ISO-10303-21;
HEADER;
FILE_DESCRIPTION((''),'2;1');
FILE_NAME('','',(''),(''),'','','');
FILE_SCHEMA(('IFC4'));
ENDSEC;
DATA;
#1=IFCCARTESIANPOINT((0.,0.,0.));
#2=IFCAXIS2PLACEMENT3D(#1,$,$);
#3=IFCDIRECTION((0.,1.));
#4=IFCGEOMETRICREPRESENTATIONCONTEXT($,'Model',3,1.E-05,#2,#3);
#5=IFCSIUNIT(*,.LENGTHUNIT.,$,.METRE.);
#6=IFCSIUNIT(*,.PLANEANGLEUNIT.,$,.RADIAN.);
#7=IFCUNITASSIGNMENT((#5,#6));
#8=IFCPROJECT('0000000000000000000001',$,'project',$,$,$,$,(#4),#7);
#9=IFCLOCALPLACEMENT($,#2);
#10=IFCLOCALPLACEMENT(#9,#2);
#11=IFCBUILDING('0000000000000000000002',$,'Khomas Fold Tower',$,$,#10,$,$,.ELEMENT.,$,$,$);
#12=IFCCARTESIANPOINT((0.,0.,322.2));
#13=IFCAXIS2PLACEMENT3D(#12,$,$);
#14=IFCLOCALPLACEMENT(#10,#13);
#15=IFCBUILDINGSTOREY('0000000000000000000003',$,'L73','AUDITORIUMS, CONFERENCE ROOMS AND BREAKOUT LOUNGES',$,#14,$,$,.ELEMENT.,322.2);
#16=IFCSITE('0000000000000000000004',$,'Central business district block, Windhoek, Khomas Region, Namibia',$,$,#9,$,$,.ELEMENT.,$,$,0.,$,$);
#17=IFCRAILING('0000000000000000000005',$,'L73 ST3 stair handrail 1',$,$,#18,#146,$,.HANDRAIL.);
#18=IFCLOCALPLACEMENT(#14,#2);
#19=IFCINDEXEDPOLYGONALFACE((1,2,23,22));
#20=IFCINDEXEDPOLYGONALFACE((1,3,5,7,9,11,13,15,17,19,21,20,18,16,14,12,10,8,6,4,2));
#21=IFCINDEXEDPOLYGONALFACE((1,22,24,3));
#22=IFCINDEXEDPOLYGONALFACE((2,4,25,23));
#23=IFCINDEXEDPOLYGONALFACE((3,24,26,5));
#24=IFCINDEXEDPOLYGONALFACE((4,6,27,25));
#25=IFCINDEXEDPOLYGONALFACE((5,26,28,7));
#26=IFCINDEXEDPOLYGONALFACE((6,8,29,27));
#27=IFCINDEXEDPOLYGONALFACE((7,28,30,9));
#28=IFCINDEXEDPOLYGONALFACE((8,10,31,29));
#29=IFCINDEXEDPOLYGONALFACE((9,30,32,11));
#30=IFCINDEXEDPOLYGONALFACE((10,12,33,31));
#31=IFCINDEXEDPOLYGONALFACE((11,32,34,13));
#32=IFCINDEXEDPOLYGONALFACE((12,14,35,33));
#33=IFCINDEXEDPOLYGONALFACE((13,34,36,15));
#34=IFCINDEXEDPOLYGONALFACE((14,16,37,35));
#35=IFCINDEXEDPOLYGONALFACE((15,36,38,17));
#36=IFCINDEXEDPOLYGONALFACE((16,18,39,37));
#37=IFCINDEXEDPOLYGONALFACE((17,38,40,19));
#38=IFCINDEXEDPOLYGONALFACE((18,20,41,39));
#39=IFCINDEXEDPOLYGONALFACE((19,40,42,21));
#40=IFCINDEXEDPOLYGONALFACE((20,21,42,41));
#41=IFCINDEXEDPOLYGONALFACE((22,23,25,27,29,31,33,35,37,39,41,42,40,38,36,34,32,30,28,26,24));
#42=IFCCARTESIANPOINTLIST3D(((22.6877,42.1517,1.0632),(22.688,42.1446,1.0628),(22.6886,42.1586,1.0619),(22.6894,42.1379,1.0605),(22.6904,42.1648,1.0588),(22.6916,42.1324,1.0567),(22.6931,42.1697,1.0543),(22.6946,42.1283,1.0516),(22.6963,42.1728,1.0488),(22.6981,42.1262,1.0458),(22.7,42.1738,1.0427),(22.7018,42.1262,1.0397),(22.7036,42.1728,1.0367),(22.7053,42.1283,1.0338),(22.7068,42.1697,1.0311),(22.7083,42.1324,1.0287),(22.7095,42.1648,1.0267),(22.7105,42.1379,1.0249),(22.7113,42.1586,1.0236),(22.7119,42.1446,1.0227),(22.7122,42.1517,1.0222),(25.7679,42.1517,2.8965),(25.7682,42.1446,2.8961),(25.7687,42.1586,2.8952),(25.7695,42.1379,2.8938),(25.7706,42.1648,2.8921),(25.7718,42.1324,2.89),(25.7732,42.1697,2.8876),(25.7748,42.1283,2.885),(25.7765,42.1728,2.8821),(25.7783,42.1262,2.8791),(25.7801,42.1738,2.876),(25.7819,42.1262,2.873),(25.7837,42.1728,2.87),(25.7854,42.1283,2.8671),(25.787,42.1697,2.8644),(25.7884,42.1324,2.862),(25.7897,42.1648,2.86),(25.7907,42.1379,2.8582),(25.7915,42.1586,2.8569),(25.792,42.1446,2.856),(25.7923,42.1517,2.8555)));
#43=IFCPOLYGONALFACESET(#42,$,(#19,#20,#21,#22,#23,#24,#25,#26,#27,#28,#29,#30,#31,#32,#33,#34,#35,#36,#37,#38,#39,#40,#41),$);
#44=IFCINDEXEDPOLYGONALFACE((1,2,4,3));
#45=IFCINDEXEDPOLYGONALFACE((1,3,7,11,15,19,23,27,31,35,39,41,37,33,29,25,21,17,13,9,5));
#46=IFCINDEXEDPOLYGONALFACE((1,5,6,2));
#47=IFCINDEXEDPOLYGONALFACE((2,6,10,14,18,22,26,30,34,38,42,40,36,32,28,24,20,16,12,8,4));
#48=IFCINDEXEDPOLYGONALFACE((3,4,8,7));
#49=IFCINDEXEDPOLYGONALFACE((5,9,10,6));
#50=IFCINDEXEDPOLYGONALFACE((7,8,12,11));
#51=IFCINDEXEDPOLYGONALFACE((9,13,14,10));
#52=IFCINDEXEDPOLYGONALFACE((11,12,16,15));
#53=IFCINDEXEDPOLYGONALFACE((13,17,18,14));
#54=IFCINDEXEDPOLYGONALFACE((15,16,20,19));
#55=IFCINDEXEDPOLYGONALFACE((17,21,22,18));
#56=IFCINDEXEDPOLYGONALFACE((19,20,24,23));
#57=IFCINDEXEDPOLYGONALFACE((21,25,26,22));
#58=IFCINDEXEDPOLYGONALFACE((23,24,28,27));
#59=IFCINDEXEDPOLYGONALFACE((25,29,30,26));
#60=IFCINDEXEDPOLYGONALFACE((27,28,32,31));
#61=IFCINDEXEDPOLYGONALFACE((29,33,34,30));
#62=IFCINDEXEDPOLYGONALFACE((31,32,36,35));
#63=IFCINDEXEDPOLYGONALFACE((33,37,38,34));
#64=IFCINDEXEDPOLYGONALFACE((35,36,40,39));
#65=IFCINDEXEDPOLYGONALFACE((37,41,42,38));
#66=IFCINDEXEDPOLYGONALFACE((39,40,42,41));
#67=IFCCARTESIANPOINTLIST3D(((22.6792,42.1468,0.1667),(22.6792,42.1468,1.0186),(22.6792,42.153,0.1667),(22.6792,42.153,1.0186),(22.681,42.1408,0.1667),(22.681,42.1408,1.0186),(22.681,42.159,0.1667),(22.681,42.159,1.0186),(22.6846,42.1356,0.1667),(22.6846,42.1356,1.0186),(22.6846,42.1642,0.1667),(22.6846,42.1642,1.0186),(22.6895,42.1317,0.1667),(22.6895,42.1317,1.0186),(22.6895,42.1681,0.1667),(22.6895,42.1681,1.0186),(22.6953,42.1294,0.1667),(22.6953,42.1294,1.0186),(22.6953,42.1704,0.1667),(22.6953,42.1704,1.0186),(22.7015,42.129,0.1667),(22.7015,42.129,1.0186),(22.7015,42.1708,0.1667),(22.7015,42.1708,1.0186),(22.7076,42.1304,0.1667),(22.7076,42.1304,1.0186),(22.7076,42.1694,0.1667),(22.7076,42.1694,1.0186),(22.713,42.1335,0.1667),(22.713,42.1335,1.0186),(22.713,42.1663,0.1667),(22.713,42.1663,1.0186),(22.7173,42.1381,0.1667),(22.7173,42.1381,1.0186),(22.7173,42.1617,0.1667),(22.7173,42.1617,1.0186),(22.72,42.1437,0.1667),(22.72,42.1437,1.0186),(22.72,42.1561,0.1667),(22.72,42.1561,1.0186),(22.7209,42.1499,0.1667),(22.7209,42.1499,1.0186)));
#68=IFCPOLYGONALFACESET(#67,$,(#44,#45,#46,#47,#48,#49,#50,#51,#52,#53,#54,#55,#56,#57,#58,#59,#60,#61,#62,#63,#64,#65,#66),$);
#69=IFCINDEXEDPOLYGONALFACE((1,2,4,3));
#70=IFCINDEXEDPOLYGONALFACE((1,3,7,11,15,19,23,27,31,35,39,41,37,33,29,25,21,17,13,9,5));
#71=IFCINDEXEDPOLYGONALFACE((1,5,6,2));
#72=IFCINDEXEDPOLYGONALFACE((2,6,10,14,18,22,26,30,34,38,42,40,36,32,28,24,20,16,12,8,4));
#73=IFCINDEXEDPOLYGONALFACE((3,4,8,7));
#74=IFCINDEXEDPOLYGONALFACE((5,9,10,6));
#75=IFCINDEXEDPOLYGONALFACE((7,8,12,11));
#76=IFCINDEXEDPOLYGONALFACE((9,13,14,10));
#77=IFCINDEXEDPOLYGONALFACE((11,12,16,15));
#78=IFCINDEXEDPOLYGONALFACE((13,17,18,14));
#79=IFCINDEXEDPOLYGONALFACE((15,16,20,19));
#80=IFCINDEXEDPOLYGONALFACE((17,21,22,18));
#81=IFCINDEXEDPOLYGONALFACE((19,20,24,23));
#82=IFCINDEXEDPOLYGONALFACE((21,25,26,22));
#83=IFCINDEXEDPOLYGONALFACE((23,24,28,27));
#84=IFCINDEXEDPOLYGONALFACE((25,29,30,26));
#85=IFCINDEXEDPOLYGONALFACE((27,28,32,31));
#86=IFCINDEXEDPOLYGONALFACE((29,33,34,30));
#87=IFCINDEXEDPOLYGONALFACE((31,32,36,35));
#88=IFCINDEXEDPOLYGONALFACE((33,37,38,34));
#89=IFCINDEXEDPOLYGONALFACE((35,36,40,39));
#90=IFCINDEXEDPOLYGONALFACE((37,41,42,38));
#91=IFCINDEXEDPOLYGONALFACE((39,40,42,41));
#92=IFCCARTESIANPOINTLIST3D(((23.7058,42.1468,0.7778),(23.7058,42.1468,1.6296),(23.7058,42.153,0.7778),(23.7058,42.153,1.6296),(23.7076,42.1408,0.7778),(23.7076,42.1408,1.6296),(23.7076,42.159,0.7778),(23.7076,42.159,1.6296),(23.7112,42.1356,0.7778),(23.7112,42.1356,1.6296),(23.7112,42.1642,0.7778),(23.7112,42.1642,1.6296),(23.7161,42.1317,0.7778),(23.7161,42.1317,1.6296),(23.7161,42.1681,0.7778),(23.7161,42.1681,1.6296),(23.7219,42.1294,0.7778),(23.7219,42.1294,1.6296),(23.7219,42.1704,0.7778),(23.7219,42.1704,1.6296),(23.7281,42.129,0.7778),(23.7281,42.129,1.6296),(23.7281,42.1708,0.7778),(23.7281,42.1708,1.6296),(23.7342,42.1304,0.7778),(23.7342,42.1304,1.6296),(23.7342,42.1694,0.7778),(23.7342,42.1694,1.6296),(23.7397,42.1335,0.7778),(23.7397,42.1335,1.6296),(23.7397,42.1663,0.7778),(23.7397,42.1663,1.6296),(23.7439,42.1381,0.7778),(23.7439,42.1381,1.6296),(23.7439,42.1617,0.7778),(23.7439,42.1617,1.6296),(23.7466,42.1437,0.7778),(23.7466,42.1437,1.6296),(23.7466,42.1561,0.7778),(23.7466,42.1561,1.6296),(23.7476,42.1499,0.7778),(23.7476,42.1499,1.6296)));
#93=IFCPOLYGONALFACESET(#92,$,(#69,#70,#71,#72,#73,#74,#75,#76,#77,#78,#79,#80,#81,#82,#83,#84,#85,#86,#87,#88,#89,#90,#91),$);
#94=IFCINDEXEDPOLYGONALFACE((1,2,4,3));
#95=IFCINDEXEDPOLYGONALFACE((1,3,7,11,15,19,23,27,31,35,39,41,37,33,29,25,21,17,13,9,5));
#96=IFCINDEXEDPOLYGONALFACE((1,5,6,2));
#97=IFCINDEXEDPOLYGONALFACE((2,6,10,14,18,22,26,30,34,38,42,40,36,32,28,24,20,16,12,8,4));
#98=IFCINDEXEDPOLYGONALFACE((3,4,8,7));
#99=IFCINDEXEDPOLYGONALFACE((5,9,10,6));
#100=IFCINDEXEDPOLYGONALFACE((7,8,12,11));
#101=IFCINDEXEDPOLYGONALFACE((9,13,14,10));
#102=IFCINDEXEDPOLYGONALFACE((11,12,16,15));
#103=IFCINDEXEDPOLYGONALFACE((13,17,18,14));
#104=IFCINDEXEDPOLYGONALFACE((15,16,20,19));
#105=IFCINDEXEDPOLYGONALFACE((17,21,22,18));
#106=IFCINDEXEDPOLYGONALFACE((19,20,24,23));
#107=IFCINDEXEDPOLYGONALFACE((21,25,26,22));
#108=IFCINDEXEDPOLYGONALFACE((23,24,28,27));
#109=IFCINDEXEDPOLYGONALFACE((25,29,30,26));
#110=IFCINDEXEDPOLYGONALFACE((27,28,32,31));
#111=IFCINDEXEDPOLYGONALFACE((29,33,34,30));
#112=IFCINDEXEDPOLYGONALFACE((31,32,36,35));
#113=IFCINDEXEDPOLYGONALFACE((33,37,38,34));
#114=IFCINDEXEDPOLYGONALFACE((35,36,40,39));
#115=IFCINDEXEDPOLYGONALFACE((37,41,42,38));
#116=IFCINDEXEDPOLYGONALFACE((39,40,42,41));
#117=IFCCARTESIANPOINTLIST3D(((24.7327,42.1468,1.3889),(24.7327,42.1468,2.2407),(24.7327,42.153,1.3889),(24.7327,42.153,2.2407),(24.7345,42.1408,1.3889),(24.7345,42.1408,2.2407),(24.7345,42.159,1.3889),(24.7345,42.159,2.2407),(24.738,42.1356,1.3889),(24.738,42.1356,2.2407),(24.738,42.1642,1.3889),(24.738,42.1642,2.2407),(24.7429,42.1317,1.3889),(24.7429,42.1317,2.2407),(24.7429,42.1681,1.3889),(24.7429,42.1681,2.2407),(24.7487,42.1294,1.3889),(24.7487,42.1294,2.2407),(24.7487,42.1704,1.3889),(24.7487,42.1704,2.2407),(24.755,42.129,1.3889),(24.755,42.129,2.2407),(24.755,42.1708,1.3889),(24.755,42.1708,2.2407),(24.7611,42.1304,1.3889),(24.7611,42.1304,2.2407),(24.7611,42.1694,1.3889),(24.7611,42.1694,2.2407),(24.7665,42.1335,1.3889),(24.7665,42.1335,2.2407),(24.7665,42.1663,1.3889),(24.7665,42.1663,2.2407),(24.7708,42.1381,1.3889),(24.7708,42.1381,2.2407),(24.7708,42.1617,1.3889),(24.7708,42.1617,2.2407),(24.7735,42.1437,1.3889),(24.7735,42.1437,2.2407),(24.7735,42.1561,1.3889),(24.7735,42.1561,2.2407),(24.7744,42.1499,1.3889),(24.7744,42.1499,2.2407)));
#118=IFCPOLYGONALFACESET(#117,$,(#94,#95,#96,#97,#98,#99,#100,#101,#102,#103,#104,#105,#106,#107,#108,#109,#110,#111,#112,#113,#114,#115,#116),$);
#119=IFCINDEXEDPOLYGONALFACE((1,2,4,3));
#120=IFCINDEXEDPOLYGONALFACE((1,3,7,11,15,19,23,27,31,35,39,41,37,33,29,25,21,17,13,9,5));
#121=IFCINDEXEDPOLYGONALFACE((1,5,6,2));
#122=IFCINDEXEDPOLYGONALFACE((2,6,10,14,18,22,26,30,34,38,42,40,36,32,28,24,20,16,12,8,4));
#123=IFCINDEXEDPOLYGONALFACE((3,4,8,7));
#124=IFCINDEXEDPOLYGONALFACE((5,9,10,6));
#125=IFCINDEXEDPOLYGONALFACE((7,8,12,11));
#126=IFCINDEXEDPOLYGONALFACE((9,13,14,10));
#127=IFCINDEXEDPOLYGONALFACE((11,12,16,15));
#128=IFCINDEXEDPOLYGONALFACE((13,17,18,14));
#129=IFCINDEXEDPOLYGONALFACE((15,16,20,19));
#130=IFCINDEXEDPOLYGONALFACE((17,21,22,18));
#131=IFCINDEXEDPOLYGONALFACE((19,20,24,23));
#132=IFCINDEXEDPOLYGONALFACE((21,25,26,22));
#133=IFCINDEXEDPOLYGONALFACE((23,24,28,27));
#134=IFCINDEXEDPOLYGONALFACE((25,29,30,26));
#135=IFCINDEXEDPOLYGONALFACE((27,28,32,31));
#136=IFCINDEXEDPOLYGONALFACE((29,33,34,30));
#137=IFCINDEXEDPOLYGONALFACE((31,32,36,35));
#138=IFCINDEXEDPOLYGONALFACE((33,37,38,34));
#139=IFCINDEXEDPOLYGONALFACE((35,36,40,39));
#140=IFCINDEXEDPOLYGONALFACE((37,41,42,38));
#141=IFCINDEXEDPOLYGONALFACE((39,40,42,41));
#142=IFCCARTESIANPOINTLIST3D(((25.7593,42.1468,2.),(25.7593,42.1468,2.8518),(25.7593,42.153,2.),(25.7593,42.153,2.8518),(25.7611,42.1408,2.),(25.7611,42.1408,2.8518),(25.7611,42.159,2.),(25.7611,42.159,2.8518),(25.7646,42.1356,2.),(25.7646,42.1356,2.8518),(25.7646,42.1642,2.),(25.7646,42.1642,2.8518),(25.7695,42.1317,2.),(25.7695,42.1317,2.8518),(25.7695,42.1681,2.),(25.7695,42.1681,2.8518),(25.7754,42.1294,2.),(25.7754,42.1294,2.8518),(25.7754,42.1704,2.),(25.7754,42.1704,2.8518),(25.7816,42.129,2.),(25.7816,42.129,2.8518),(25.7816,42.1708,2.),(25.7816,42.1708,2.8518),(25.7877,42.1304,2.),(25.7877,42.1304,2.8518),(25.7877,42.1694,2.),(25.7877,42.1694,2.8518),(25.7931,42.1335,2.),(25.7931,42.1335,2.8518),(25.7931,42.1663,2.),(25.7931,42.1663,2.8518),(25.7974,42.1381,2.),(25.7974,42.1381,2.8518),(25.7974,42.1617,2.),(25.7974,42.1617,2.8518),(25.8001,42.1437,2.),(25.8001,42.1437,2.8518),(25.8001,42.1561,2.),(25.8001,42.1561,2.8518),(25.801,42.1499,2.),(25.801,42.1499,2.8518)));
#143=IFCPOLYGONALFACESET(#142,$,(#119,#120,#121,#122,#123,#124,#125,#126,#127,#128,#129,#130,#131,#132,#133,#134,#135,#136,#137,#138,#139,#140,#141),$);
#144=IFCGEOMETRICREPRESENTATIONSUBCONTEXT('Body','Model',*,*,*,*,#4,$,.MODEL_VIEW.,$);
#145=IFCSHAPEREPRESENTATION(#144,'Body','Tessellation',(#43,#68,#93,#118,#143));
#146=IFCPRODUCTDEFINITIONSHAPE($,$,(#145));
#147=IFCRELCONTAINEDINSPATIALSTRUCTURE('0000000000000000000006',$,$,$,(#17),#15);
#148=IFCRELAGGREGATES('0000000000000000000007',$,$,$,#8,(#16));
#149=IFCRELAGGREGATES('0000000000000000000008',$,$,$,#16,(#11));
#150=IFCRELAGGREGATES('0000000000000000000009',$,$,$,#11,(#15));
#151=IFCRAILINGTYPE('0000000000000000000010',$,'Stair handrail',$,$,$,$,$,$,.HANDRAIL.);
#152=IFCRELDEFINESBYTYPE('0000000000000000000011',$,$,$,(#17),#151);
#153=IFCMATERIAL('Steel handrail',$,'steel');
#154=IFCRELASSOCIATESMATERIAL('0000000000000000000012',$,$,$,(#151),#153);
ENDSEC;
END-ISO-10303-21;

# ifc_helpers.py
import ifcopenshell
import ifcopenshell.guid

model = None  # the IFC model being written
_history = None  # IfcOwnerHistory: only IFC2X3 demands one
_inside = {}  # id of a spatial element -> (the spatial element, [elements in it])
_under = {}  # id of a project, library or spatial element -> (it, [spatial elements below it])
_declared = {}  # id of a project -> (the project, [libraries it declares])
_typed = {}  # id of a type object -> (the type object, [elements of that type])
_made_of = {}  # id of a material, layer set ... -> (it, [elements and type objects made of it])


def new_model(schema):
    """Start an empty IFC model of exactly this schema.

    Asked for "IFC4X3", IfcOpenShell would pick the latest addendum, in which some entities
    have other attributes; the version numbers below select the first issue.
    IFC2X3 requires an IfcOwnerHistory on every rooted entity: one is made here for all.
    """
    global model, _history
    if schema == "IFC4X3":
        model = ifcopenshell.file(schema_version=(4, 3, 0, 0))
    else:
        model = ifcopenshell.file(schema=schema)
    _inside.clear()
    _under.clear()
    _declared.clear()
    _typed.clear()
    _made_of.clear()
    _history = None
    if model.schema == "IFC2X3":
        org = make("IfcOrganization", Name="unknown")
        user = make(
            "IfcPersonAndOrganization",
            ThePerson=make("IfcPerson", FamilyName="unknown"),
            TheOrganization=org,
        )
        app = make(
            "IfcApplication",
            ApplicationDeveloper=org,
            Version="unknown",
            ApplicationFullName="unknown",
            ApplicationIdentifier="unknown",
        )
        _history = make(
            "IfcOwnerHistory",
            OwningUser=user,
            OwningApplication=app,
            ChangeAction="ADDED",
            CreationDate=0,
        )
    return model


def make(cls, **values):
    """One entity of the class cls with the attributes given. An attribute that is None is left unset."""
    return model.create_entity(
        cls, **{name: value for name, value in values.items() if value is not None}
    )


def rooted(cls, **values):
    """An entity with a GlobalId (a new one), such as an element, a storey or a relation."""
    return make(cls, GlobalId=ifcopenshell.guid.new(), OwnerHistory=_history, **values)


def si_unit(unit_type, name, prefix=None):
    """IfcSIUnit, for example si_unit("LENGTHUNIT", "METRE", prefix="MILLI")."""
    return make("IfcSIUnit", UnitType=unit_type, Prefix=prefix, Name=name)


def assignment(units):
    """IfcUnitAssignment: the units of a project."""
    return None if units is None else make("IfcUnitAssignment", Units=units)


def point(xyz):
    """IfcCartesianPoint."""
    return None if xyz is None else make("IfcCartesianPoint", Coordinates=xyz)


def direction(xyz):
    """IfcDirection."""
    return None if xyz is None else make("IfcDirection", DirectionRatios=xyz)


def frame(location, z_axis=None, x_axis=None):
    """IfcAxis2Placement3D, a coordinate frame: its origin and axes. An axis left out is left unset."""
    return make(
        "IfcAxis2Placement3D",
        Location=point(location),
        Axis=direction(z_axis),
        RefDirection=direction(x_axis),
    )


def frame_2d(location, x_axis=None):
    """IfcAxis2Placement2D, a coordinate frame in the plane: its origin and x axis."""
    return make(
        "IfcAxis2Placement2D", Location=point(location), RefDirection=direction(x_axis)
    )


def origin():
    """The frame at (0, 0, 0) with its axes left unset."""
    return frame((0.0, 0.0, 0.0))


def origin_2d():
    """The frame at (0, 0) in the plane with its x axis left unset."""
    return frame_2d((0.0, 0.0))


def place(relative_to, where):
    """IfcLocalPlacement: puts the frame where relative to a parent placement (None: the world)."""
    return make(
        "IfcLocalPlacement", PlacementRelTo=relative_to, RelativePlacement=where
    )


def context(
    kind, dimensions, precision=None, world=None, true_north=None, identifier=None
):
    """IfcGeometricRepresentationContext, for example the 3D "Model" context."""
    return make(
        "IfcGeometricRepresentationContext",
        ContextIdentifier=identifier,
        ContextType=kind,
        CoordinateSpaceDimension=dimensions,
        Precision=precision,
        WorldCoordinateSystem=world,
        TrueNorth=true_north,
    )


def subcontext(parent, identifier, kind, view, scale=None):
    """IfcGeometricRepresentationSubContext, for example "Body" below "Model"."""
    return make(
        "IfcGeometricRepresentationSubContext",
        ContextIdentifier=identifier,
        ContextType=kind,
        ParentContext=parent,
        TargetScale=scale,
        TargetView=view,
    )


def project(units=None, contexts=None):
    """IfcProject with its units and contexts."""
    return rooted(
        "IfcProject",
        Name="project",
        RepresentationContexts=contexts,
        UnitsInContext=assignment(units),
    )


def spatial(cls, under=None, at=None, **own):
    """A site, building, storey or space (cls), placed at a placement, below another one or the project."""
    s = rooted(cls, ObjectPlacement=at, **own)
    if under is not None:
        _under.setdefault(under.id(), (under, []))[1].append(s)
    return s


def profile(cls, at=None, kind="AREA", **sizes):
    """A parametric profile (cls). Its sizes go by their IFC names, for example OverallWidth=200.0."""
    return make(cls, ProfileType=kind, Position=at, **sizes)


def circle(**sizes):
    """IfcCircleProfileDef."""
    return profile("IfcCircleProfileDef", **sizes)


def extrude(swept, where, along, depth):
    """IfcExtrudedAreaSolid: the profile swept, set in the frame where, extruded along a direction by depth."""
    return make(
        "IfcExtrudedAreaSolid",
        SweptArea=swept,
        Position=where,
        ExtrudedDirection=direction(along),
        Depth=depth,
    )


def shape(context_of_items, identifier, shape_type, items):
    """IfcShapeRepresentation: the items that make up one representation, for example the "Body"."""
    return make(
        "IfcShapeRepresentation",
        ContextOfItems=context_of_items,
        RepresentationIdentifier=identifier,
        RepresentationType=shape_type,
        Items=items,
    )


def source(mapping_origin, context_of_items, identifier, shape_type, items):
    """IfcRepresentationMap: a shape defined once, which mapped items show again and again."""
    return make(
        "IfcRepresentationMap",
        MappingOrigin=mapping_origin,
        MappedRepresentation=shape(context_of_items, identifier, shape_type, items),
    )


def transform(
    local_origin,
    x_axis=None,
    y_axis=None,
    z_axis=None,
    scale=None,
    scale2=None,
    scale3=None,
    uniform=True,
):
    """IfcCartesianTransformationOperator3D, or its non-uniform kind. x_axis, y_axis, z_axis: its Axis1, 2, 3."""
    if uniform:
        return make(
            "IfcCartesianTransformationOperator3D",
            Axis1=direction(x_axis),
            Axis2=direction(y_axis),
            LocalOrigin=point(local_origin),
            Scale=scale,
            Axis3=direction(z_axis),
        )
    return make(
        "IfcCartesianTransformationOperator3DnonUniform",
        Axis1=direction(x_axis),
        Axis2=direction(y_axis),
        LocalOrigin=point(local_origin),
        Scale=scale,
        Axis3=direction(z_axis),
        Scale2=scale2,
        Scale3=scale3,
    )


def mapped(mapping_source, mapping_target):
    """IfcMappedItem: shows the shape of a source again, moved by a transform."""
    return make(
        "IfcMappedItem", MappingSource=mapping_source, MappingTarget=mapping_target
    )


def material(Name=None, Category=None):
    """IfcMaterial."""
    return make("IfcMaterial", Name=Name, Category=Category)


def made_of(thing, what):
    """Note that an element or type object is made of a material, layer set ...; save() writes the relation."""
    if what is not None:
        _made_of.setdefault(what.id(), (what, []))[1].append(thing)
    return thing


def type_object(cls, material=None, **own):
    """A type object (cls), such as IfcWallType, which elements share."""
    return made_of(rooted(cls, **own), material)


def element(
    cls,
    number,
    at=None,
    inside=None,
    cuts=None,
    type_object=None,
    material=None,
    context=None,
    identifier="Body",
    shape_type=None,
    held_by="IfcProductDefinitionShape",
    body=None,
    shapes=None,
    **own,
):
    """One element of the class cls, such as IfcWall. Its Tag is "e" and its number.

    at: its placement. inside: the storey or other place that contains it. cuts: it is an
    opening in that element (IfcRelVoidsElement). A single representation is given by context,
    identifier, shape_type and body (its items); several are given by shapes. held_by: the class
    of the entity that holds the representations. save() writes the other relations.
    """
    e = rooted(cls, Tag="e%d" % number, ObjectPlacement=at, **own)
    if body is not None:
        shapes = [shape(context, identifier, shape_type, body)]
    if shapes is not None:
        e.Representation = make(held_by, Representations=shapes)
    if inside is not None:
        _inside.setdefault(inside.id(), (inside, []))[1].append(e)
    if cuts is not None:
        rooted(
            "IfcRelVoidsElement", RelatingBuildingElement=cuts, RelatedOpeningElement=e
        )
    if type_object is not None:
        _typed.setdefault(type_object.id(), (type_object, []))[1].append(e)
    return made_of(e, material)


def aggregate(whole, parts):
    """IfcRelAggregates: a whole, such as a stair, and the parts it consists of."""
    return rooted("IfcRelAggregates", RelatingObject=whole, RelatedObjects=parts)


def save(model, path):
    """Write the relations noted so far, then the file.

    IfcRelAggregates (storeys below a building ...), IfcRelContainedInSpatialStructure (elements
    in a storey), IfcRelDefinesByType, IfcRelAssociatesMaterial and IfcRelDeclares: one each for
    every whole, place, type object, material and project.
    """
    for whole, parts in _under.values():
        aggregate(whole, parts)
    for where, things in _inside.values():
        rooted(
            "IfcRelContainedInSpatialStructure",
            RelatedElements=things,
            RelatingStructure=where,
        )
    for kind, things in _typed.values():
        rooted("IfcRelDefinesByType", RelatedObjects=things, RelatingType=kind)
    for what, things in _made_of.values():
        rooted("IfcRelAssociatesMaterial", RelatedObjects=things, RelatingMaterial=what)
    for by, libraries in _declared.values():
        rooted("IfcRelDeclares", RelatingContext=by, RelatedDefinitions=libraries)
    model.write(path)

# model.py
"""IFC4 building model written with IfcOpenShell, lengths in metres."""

from ifc_helpers import new_model, si_unit, direction, frame, origin, origin_2d, place, context, subcontext, project, spatial, circle, extrude, source, transform, mapped, material, type_object, element, save


model = new_model("IFC4")

# Units and contexts
model_context = context("Model", 3, precision=1e-05, world=origin(), true_north=direction((0.0, 1.0)))
body_context = subcontext(model_context, "Body", "Model", "MODEL_VIEW")
ifc_project = project(units=[si_unit("LENGTHUNIT", "METRE"), si_unit("PLANEANGLEUNIT", "RADIAN")], contexts=[model_context])

# Site, building, storey
site_placement = place(None, origin())
site = spatial("IfcSite", under=ifc_project, at=site_placement, Name="Central business district block, Windhoek, Khomas Region, Namibia", CompositionType="ELEMENT", RefElevation=0.0)
building_placement = place(site_placement, origin())
building = spatial("IfcBuilding", under=site, at=building_placement, Name="Khomas Fold Tower", CompositionType="ELEMENT")
storey_placement = place(building_placement, frame((0.0, 0.0, 322.2)))
storey = spatial("IfcBuildingStorey", under=building, at=storey_placement, Name="L73", Description="AUDITORIUMS, CONFERENCE ROOMS AND BREAKOUT LOUNGES", CompositionType="ELEMENT", Elevation=322.2)

# Railing
ifc_material_1 = material(Name="Steel handrail", Category="steel")
railing_type_1 = type_object("IfcRailingType", Name="Stair handrail", PredefinedType="HANDRAIL", material=ifc_material_1)
shared_shape_1 = source(origin(), body_context, "Body", "SweptSolid", [
    extrude(circle(Radius=0.0239, at=origin_2d()), frame((0.0, 0.0, 0.876), z_axis=(0.859309, 0.0, 0.511458), x_axis=(0.0, 1.0, 0.0)), (0.0, 0.0, 1.0), 3.5845),
    extrude(circle(Radius=0.021, at=origin_2d()), origin(), (0.0, 0.0, 1.0), 0.8518),
    extrude(circle(Radius=0.021, at=origin_2d()), frame((1.0266, 0.0, 0.6111)), (0.0, 0.0, 1.0), 0.8518),
    extrude(circle(Radius=0.021, at=origin_2d()), frame((2.0535, 0.0, 1.2222)), (0.0, 0.0, 1.0), 0.8518),
    extrude(circle(Radius=0.021, at=origin_2d()), frame((3.0801, 0.0, 1.8333)), (0.0, 0.0, 1.0), 0.8518),
])
railing_1_placement = place(storey_placement, frame((22.7, 42.1499, 0.1667)))
element("IfcRailing", 1, at=railing_1_placement, inside=storey, type_object=railing_type_1, Name="L73 ST3 stair handrail 1", PredefinedType="HANDRAIL", context=body_context, shape_type="MappedRepresentation", body=[
    mapped(shared_shape_1, transform((0.0, 0.0, 0.0))),
])

save(model, "model.ifc")
